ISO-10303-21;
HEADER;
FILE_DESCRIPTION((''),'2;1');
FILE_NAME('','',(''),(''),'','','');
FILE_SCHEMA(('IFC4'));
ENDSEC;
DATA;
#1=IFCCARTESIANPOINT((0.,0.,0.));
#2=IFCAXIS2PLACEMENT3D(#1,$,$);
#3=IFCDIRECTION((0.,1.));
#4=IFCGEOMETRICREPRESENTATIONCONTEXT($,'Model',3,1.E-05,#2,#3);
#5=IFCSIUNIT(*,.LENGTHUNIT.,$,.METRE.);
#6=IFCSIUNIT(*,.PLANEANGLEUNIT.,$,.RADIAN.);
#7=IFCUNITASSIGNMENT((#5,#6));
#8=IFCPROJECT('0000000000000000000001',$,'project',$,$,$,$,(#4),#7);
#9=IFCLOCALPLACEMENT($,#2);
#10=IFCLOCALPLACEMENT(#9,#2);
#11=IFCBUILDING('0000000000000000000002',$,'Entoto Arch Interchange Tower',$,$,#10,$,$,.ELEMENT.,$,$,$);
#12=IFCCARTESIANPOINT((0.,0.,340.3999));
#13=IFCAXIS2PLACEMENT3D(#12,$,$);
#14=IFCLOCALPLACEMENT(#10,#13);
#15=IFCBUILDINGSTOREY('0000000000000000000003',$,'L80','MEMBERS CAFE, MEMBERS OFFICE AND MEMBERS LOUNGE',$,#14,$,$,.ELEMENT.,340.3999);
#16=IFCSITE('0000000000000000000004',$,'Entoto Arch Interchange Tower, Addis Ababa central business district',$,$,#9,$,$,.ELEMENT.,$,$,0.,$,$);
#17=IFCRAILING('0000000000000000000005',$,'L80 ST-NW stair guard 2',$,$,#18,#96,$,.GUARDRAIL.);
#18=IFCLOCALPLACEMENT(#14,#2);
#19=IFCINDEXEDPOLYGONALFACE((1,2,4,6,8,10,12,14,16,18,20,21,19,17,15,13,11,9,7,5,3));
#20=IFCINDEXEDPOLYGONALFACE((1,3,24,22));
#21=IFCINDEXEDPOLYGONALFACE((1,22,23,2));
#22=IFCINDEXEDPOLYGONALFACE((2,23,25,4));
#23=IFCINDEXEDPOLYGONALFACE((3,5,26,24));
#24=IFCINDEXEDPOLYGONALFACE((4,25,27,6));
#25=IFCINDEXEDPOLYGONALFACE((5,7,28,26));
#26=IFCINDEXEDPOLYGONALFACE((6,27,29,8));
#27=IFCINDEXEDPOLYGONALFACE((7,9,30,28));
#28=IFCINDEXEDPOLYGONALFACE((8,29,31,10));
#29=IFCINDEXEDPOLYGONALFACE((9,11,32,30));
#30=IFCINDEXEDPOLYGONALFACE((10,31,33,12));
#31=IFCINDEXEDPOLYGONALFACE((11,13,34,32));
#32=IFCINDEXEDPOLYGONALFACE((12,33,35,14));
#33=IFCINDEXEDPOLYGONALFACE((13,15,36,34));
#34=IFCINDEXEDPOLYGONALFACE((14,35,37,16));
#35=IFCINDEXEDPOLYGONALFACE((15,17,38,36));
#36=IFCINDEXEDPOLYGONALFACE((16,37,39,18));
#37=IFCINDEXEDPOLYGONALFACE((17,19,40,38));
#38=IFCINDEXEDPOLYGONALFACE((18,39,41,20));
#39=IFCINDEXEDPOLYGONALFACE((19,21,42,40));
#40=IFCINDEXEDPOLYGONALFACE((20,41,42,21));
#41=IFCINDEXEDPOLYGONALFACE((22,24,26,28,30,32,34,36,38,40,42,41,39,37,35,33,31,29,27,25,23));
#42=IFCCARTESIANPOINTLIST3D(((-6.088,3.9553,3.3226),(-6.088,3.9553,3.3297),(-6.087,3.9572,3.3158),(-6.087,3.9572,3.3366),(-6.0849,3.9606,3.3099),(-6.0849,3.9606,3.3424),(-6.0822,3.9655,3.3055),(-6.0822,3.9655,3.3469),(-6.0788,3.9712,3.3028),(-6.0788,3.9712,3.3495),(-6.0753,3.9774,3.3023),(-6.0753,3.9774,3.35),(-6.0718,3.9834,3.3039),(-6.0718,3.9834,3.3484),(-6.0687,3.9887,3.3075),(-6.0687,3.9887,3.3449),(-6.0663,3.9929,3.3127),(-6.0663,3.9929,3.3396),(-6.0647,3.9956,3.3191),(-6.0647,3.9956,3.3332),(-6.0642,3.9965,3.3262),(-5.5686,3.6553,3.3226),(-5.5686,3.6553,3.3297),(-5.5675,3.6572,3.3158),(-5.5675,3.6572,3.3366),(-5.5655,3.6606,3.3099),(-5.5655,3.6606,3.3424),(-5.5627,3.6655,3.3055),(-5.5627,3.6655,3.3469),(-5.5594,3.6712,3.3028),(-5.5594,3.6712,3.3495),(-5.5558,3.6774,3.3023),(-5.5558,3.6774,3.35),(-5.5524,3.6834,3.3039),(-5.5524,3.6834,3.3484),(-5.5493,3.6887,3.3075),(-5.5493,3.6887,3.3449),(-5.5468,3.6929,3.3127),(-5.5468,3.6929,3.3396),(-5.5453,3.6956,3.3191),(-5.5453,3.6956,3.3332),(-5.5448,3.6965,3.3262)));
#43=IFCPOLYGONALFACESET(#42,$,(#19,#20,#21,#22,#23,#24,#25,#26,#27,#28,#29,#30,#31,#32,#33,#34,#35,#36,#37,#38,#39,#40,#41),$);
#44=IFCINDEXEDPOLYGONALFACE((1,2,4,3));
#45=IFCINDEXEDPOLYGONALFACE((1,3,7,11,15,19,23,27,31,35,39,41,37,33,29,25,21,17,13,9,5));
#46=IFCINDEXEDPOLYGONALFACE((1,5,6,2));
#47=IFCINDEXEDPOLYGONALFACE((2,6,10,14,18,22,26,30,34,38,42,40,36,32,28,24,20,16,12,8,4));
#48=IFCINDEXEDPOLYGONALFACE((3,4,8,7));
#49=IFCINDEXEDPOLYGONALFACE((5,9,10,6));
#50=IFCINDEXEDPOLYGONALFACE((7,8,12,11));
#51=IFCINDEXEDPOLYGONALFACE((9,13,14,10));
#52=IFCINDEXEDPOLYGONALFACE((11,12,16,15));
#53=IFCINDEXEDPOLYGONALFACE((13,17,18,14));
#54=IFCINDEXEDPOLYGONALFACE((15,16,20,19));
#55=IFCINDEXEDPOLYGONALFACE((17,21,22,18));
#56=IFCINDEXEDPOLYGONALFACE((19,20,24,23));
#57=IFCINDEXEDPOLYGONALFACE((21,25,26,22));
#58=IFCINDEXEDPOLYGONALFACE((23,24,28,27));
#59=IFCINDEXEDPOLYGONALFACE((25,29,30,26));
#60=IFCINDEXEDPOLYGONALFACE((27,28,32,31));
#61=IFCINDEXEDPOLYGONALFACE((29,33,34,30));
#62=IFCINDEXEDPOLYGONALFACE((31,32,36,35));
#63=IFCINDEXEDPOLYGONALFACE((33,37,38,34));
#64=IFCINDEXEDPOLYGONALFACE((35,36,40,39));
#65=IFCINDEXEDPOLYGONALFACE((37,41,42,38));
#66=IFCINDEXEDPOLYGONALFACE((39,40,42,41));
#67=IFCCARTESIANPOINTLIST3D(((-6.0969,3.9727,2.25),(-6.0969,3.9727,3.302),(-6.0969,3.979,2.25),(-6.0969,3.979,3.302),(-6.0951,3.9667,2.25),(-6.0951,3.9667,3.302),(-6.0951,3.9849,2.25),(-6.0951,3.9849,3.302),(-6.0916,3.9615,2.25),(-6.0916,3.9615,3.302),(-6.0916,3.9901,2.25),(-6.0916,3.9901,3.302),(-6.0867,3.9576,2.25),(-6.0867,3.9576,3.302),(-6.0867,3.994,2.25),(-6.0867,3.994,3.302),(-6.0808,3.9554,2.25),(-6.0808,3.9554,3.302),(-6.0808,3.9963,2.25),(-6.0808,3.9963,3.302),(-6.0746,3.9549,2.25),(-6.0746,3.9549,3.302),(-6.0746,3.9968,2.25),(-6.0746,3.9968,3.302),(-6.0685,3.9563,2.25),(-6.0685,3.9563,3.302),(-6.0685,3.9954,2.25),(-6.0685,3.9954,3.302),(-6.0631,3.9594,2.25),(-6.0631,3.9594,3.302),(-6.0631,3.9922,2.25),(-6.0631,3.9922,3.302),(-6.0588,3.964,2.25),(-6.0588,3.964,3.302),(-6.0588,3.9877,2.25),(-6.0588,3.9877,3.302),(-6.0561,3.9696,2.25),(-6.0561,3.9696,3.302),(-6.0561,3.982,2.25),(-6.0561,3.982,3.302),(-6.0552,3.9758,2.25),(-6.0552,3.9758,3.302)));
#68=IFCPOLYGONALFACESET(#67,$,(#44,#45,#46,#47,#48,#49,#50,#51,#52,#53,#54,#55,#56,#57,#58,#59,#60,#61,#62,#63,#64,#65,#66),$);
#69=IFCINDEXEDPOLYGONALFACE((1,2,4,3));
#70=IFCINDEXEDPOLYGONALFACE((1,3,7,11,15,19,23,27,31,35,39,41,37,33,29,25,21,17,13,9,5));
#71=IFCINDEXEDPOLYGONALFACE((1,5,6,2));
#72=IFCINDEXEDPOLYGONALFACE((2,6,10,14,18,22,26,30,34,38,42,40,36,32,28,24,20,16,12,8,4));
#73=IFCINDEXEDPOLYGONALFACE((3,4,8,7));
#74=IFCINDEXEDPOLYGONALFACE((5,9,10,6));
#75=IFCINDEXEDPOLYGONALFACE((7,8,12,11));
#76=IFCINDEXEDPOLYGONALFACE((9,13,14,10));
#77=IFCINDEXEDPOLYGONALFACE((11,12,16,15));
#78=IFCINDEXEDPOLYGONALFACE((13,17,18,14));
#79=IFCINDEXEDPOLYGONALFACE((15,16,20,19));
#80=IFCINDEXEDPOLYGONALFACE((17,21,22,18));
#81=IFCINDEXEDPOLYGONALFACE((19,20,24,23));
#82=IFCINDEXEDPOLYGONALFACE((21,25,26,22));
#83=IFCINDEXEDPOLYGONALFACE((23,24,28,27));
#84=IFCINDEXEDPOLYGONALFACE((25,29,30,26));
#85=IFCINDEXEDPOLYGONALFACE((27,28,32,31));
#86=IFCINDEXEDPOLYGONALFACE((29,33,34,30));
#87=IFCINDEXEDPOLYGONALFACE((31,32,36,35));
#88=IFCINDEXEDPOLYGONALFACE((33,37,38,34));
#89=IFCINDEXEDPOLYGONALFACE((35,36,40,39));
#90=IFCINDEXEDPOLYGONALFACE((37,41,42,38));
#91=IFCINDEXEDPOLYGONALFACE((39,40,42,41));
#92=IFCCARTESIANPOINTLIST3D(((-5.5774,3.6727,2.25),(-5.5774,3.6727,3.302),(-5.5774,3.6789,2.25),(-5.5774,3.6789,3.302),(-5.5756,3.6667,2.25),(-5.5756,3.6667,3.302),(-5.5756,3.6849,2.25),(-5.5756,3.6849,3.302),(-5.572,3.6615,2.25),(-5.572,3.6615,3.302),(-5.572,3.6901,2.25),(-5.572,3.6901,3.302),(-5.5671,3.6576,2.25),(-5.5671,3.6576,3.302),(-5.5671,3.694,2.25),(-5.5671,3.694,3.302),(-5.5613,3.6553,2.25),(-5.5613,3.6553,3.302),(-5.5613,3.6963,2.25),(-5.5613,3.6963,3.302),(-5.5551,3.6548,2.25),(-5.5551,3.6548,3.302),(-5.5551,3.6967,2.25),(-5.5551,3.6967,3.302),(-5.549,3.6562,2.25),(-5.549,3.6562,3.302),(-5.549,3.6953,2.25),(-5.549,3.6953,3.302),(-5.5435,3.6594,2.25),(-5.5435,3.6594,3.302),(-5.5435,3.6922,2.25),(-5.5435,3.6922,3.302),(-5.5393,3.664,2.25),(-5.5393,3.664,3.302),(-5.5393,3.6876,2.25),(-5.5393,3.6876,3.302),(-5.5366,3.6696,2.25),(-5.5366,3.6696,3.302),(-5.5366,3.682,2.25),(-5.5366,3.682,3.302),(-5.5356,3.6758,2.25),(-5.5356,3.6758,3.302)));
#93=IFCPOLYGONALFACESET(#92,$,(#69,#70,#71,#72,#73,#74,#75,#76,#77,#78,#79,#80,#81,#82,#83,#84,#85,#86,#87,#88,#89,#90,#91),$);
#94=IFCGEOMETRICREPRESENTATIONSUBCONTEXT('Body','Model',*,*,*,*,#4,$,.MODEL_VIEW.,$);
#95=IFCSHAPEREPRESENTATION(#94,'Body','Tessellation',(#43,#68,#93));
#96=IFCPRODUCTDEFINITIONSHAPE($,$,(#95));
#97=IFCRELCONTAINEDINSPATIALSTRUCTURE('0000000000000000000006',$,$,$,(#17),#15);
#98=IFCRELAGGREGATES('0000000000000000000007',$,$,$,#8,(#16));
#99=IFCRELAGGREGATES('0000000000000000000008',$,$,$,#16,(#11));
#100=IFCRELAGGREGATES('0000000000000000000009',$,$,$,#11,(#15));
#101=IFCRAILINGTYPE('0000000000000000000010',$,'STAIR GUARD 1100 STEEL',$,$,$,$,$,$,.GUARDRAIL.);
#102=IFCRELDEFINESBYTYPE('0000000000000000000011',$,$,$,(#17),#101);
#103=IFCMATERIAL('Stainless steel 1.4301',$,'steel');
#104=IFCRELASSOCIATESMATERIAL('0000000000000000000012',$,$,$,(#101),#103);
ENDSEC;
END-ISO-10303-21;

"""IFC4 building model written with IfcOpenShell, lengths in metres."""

from ifc_helpers import new_model, si_unit, direction, frame, origin, origin_2d, place, context, subcontext, project, spatial, circle, extrude, material, type_object, element, save


model = new_model("IFC4")

# Units and contexts
model_context = context("Model", 3, precision=1e-05, world=origin(), true_north=direction((0.0, 1.0)))
body_context = subcontext(model_context, "Body", "Model", "MODEL_VIEW")
ifc_project = project(units=[si_unit("LENGTHUNIT", "METRE"), si_unit("PLANEANGLEUNIT", "RADIAN")], contexts=[model_context])

# Site, building, storey
site_placement = place(None, origin())
site = spatial("IfcSite", under=ifc_project, at=site_placement, Name="Entoto Arch Interchange Tower, Addis Ababa central business district", CompositionType="ELEMENT", RefElevation=0.0)
building_placement = place(site_placement, origin())
building = spatial("IfcBuilding", under=site, at=building_placement, Name="Entoto Arch Interchange Tower", CompositionType="ELEMENT")
storey_placement = place(building_placement, frame((0.0, 0.0, 340.3999)))
storey = spatial("IfcBuildingStorey", under=building, at=storey_placement, Name="L80", Description="MEMBERS CAFE, MEMBERS OFFICE AND MEMBERS LOUNGE", CompositionType="ELEMENT", Elevation=340.3999)

# Railing
ifc_material_1 = material(Name="Stainless steel 1.4301", Category="steel")
railing_type_1 = type_object("IfcRailingType", Name="STAIR GUARD 1100 STEEL", PredefinedType="GUARDRAIL", material=ifc_material_1)
railing_1_placement = place(storey_placement, frame((-6.0762, 3.9758, 2.25)))
element("IfcRailing", 1, at=railing_1_placement, inside=storey, type_object=railing_type_1, Name="L80 ST-NW stair guard 2", PredefinedType="GUARDRAIL", context=body_context, shape_type="SweptSolid", body=[
    extrude(circle(Radius=0.0239, at=origin_2d()), frame((0.0, 0.0, 1.0762), z_axis=(0.865955, -0.500122, 0.0), x_axis=(0.500122, 0.865955, 0.0)), (0.0, 0.0, 1.0), 0.5999),
    extrude(circle(Radius=0.021, at=origin_2d()), origin(), (0.0, 0.0, 1.0), 1.052),
    extrude(circle(Radius=0.021, at=origin_2d()), frame((0.5195, -0.3, 0.0)), (0.0, 0.0, 1.0), 1.052),
])

save(model, "model.ifc")
